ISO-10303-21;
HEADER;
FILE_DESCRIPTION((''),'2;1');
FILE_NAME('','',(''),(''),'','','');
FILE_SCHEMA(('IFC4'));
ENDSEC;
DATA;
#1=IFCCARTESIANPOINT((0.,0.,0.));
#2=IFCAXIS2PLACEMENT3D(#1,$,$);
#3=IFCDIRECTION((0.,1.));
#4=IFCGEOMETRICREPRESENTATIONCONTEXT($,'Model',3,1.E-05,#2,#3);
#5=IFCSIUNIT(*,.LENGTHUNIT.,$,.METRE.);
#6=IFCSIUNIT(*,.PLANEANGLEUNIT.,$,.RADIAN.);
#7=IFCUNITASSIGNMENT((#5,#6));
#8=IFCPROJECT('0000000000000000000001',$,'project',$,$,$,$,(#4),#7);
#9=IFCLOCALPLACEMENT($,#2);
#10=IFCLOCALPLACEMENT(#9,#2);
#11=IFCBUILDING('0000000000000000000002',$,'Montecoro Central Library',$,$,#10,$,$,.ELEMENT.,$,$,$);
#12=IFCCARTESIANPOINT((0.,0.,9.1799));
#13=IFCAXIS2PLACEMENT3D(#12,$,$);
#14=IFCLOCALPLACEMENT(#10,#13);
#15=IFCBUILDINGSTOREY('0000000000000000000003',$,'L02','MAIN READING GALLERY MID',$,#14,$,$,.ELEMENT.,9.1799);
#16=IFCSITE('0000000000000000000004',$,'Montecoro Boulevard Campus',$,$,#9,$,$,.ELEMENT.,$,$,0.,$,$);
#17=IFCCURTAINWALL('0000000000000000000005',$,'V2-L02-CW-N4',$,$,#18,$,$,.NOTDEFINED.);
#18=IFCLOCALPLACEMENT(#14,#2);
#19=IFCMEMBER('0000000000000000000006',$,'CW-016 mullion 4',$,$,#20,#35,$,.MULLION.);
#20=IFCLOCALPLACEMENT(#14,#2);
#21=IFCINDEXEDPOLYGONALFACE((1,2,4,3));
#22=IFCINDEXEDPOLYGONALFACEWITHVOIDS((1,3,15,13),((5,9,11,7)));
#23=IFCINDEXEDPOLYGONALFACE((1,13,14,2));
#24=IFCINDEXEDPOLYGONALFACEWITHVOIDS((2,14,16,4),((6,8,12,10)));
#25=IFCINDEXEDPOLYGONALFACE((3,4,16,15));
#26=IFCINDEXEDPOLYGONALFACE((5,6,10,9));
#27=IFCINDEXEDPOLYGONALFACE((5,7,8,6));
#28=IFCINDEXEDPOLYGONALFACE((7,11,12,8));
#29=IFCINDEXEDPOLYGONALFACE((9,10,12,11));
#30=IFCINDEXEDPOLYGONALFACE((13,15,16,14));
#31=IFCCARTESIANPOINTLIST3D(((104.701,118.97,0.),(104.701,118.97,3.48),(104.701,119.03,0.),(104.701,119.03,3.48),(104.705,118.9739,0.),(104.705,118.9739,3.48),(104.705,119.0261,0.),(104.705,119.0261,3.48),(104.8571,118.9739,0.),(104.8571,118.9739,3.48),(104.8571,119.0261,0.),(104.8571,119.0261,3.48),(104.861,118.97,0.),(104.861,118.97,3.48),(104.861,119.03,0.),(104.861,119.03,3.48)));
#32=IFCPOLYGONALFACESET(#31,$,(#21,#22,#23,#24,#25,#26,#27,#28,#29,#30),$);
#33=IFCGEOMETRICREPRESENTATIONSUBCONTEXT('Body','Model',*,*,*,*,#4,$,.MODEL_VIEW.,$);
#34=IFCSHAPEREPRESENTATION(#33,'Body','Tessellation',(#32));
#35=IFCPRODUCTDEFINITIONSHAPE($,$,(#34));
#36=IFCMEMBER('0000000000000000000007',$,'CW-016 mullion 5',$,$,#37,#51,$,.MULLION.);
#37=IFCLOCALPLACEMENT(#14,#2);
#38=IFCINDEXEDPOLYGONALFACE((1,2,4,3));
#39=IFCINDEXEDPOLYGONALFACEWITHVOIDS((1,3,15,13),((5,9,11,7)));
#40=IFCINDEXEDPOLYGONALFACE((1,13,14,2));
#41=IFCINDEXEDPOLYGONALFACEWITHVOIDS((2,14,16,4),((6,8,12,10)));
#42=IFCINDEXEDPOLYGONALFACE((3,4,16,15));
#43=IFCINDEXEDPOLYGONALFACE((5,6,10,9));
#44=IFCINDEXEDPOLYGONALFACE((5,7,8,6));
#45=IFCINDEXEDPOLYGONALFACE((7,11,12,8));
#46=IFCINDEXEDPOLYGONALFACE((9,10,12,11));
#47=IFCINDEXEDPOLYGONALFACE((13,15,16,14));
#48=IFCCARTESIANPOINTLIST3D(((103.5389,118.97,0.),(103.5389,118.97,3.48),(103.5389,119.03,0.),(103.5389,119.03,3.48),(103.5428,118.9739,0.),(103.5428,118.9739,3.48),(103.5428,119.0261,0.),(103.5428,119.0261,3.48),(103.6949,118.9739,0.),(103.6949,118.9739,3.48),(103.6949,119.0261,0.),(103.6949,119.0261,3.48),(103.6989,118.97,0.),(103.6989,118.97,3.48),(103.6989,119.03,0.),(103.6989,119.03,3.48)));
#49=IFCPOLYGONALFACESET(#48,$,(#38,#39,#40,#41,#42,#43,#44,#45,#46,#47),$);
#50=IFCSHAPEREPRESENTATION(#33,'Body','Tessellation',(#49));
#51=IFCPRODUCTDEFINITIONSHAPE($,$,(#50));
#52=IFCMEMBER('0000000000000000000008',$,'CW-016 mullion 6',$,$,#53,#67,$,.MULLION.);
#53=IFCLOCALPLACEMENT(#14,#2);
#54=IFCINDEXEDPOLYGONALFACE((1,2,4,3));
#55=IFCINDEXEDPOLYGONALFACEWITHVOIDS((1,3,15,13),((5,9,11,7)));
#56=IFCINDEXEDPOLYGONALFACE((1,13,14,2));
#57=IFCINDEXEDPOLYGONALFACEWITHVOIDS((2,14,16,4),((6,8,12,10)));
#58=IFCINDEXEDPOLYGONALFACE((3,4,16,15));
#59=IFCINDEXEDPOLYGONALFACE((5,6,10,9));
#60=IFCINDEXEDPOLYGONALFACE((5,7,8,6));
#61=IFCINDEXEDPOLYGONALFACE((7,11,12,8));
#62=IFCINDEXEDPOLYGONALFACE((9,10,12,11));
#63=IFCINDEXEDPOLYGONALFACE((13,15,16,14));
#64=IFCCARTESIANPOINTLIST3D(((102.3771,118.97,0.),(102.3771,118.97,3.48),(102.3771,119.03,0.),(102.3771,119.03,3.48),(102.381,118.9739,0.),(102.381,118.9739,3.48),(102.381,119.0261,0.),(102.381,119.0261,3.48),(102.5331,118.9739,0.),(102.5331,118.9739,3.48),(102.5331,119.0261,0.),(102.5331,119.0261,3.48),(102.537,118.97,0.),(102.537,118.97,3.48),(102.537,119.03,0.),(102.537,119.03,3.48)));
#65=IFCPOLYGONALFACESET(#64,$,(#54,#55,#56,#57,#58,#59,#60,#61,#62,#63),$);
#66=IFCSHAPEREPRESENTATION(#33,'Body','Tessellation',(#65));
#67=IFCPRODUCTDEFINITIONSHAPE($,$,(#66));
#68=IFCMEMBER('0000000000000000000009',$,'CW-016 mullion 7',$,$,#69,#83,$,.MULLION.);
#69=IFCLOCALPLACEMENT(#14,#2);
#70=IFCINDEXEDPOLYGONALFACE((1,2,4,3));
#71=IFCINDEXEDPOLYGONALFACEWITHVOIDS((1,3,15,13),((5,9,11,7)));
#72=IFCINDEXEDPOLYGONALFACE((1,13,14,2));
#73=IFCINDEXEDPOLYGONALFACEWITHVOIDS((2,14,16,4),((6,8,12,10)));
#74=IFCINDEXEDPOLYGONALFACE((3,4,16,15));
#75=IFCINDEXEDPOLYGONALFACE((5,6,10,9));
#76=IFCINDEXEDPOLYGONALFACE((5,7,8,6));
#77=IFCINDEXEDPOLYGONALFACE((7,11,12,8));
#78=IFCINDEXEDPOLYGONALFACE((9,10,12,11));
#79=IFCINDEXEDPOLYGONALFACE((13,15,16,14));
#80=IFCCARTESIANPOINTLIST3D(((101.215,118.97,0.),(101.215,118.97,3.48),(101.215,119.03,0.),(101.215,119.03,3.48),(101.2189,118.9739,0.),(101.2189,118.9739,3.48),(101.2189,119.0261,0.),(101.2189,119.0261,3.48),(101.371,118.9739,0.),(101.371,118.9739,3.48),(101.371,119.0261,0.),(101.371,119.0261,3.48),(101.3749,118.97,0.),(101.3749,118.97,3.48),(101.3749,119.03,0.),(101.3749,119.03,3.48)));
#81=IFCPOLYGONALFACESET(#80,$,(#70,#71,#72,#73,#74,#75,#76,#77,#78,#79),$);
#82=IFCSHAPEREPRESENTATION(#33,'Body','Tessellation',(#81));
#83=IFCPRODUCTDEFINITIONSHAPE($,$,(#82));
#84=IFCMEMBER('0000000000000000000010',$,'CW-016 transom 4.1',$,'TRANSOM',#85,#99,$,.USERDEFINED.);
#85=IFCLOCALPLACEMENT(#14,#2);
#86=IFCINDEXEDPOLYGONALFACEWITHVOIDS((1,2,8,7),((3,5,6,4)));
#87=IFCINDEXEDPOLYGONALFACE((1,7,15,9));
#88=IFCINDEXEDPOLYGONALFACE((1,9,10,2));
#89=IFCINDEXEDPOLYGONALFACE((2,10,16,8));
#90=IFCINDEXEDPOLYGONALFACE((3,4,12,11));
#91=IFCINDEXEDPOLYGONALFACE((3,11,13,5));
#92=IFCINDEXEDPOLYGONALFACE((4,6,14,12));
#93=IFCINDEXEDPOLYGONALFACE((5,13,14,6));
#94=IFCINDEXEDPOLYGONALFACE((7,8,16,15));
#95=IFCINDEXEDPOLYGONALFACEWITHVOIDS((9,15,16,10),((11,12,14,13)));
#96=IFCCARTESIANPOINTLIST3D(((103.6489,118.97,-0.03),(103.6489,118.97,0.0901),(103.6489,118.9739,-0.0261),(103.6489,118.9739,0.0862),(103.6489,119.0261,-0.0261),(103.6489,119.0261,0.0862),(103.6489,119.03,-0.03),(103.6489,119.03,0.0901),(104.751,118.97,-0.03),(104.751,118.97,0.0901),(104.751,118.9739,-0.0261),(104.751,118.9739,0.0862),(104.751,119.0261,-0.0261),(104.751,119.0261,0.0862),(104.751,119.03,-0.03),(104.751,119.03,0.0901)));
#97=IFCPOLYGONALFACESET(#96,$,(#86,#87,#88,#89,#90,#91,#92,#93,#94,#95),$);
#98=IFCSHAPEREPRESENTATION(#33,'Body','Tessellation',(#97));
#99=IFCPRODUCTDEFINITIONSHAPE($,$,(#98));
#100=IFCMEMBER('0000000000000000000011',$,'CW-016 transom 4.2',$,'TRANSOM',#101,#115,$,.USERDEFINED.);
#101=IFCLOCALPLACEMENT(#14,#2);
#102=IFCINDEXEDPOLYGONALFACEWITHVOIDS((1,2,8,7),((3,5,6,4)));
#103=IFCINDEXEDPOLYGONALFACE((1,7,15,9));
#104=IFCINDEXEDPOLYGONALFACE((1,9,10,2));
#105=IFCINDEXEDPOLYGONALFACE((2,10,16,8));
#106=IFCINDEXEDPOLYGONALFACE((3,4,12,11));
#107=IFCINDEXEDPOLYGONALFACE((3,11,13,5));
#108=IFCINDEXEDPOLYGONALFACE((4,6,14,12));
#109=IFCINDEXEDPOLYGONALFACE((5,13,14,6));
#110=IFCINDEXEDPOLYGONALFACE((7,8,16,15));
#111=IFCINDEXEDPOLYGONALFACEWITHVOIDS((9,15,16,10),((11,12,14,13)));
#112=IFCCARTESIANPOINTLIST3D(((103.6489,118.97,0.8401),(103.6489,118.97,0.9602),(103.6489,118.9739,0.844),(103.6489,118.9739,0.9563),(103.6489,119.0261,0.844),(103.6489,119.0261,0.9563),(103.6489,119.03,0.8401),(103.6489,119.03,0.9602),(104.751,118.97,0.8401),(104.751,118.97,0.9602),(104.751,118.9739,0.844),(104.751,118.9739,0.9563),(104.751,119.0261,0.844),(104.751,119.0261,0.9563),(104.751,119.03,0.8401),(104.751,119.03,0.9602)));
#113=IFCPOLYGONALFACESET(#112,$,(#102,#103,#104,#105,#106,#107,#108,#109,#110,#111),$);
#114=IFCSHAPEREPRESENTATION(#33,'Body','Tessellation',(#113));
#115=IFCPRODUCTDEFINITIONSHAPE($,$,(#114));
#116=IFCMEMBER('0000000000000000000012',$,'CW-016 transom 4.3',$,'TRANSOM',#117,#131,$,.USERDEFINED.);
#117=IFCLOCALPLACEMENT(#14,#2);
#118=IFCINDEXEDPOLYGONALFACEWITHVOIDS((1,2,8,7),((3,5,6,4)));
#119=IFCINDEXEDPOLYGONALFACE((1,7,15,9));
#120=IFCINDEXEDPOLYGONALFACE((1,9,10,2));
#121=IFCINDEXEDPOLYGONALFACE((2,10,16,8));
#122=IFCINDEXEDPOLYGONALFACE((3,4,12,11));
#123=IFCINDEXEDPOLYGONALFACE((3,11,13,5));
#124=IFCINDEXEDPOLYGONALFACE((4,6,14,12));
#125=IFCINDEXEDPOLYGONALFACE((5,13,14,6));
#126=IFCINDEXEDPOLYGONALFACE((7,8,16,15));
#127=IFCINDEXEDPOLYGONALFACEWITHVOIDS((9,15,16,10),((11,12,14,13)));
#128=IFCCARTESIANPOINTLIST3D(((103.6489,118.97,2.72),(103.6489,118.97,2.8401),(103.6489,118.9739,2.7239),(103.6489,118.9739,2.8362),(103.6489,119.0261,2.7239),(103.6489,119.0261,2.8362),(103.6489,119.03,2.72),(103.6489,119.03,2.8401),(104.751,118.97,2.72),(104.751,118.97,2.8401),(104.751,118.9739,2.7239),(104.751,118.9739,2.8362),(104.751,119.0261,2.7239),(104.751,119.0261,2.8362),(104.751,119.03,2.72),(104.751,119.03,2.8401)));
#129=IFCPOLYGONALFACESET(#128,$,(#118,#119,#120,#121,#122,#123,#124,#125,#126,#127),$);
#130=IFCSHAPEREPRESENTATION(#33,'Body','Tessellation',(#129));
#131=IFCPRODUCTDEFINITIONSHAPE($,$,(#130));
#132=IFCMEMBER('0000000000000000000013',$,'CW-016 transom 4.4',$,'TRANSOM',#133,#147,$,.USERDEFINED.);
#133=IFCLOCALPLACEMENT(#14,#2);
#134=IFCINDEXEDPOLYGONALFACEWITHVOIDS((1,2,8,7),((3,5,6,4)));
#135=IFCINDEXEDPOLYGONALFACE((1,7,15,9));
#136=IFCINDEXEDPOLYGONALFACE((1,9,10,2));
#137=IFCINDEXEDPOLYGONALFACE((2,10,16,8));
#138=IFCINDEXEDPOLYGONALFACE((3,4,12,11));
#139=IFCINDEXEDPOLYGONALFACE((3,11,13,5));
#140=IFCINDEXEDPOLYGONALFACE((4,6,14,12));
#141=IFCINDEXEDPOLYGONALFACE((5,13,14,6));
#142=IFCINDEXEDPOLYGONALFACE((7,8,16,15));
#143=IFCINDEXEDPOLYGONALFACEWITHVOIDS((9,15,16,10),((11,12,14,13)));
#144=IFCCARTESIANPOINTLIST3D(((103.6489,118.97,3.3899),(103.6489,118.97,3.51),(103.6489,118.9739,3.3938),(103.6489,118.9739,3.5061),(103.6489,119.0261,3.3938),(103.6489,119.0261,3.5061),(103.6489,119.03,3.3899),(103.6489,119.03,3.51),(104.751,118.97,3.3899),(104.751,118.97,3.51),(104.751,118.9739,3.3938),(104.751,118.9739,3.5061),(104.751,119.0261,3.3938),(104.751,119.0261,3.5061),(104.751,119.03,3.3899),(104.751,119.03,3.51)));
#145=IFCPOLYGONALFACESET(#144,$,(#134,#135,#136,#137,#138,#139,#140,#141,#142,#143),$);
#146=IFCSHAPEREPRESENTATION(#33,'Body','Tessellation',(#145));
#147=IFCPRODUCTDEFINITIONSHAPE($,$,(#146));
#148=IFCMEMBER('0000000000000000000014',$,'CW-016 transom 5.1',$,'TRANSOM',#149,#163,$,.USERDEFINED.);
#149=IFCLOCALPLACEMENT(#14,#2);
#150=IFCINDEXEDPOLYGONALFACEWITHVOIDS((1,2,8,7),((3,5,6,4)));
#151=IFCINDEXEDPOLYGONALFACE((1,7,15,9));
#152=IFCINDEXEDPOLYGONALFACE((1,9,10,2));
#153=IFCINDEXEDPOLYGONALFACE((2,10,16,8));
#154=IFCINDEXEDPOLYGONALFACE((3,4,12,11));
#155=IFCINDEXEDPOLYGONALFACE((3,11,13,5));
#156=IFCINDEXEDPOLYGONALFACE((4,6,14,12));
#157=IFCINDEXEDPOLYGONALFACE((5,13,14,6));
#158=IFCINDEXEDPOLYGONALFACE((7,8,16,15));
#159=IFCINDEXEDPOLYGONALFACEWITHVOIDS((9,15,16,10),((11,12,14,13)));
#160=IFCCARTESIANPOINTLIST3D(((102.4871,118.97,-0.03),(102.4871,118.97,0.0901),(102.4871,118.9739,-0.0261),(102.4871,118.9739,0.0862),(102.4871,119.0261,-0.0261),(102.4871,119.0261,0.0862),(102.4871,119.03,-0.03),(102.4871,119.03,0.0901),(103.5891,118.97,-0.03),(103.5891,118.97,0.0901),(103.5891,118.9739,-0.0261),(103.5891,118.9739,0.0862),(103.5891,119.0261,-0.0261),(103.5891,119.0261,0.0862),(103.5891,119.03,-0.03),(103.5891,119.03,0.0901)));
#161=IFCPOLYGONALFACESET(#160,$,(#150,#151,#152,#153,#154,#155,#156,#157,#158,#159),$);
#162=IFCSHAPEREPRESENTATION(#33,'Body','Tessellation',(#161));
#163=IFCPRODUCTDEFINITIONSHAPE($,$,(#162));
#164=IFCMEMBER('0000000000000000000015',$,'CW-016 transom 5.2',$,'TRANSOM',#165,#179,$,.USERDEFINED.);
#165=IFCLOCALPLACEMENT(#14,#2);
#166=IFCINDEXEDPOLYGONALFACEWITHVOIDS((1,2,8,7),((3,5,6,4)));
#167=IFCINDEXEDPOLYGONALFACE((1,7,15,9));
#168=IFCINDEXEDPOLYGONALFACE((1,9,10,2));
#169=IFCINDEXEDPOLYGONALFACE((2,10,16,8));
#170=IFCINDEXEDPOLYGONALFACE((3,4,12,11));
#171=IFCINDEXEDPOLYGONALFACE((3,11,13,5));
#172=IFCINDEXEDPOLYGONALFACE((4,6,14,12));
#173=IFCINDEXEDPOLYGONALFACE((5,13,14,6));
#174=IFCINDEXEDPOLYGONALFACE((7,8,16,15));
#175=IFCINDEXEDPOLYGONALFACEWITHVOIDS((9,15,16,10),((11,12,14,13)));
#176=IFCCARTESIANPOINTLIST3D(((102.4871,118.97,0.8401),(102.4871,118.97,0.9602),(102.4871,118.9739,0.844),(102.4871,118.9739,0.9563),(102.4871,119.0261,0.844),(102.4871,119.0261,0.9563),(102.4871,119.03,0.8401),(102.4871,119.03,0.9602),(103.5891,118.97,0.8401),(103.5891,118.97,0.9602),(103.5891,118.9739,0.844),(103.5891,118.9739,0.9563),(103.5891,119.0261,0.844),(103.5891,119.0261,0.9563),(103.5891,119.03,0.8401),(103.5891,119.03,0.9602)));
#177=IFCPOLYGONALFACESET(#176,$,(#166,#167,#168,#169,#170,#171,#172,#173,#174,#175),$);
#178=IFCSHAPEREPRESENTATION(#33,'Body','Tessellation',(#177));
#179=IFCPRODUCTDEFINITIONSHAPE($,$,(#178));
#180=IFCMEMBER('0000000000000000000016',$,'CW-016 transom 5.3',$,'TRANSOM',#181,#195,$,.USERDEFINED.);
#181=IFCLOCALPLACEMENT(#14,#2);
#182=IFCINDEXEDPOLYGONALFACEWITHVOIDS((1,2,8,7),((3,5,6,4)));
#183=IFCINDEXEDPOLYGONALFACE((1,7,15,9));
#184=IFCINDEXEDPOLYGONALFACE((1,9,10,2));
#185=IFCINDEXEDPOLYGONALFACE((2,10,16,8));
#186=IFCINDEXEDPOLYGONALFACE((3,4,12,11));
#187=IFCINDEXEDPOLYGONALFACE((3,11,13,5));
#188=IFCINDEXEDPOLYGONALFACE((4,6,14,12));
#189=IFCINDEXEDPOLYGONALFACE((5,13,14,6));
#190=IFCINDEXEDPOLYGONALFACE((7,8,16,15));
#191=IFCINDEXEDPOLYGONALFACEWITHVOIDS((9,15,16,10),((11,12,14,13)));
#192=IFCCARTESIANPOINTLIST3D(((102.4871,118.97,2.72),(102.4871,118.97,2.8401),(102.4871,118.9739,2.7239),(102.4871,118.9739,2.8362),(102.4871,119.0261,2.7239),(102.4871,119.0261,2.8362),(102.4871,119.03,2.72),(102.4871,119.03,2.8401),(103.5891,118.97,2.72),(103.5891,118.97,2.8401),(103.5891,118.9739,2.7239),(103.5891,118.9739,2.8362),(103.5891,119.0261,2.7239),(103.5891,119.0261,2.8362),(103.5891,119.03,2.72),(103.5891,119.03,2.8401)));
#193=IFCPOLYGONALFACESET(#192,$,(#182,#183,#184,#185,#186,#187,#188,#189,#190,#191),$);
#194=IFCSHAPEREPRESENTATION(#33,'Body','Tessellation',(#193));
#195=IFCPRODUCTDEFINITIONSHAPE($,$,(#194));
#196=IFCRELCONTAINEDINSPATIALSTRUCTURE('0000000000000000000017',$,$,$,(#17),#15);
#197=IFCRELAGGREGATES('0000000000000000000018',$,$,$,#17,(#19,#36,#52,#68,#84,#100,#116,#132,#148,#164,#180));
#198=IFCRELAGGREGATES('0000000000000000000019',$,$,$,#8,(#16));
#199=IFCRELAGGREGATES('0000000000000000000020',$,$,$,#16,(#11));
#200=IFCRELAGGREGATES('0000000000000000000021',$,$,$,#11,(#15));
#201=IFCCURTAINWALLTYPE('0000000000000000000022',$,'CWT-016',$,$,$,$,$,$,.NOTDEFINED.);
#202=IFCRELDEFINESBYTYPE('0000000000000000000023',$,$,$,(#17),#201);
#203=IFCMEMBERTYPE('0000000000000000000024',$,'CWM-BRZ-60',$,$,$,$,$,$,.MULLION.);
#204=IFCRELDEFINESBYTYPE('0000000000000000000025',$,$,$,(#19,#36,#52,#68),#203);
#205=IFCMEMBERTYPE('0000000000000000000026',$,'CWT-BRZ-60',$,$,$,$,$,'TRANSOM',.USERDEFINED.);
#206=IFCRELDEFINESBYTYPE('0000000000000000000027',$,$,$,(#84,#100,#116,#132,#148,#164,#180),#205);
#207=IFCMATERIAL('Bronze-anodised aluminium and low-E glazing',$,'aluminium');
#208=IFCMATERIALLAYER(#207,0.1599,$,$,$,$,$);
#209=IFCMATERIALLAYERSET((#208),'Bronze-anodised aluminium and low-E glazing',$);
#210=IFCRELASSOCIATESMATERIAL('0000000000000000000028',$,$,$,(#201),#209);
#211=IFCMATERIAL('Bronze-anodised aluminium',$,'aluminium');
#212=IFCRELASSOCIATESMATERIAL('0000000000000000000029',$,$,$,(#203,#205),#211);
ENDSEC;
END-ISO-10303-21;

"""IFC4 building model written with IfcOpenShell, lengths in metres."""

from ifc_helpers import new_model, si_unit, direction, frame, origin, origin_2d, place, context, subcontext, project, spatial, hollow_rectangle, extrude, material, layer, layer_set, material_profile, profile_set, type_object, element, aggregate, save


model = new_model("IFC4")

# Units and contexts
model_context = context("Model", 3, precision=1e-05, world=origin(), true_north=direction((0.0, 1.0)))
body_context = subcontext(model_context, "Body", "Model", "MODEL_VIEW")
ifc_project = project(units=[si_unit("LENGTHUNIT", "METRE"), si_unit("PLANEANGLEUNIT", "RADIAN")], contexts=[model_context])

# Site, building, storey
site_placement = place(None, origin())
site = spatial("IfcSite", under=ifc_project, at=site_placement, Name="Montecoro Boulevard Campus", CompositionType="ELEMENT", RefElevation=0.0)
building_placement = place(site_placement, origin())
building = spatial("IfcBuilding", under=site, at=building_placement, Name="Montecoro Central Library", CompositionType="ELEMENT")
storey_placement = place(building_placement, frame((0.0, 0.0, 9.1799)))
storey = spatial("IfcBuildingStorey", under=building, at=storey_placement, Name="L02", Description="MAIN READING GALLERY MID", CompositionType="ELEMENT", Elevation=9.1799)

# Curtain wall, members
ifc_material_1 = material(Name="Bronze-anodised aluminium and low-E glazing", Category="aluminium")
ifc_layer_1 = layer(ifc_material_1, 0.1599)
ifc_layer_set_1 = layer_set([ifc_layer_1], Name="Bronze-anodised aluminium and low-E glazing")
curtain_wall_type = type_object("IfcCurtainWallType", Name="CWT-016", PredefinedType="NOTDEFINED", material=ifc_layer_set_1)
curtain_wall_placement = place(storey_placement, origin())
curtain_wall = element("IfcCurtainWall", 1, at=curtain_wall_placement, inside=storey, type_object=curtain_wall_type, Name="V2-L02-CW-N4", PredefinedType="NOTDEFINED")
ifc_material_2 = material(Name="Bronze-anodised aluminium", Category="aluminium")
ifc_material_profile_1 = material_profile(ifc_material_2, hollow_rectangle(XDim=0.0601, YDim=0.1599, WallThickness=0.0039, at=origin_2d()), Name="CWM 160x60x4.0")
ifc_profile_set_1 = profile_set([ifc_material_profile_1], Name="Bronze-anodised aluminium")
member_type_1 = type_object("IfcMemberType", Name="CWM-BRZ-60", PredefinedType="MULLION", material=ifc_profile_set_1)
member_1_placement = place(storey_placement, frame((104.781, 119.0, 0.0), z_axis=(0.0, 0.0, 1.0), x_axis=(0.0, -1.0, 0.0)))
member_1 = element("IfcMember", 2, at=member_1_placement, type_object=member_type_1, Name="CW-016 mullion 4", PredefinedType="MULLION", context=body_context, shape_type="SweptSolid", body=[
    extrude(hollow_rectangle(XDim=0.0601, YDim=0.1599, WallThickness=0.0039, at=origin_2d()), origin(), (0.0, 0.0, 1.0), 3.48),
])
member_2_placement = place(storey_placement, frame((103.6189, 119.0, 0.0), z_axis=(0.0, 0.0, 1.0), x_axis=(0.0, -1.0, 0.0)))
member_2 = element("IfcMember", 3, at=member_2_placement, type_object=member_type_1, Name="CW-016 mullion 5", PredefinedType="MULLION", context=body_context, shape_type="SweptSolid", body=[
    extrude(hollow_rectangle(XDim=0.0601, YDim=0.1599, WallThickness=0.0039, at=origin_2d()), origin(), (0.0, 0.0, 1.0), 3.48),
])
member_3_placement = place(storey_placement, frame((102.457, 119.0, 0.0), z_axis=(0.0, 0.0, 1.0), x_axis=(0.0, -1.0, 0.0)))
member_3 = element("IfcMember", 4, at=member_3_placement, type_object=member_type_1, Name="CW-016 mullion 6", PredefinedType="MULLION", context=body_context, shape_type="SweptSolid", body=[
    extrude(hollow_rectangle(XDim=0.0601, YDim=0.1599, WallThickness=0.0039, at=origin_2d()), origin(), (0.0, 0.0, 1.0), 3.48),
])
member_4_placement = place(storey_placement, frame((101.2949, 119.0, 0.0), z_axis=(0.0, 0.0, 1.0), x_axis=(0.0, -1.0, 0.0)))
member_4 = element("IfcMember", 5, at=member_4_placement, type_object=member_type_1, Name="CW-016 mullion 7", PredefinedType="MULLION", context=body_context, shape_type="SweptSolid", body=[
    extrude(hollow_rectangle(XDim=0.0601, YDim=0.1599, WallThickness=0.0039, at=origin_2d()), origin(), (0.0, 0.0, 1.0), 3.48),
])
ifc_material_profile_2 = material_profile(ifc_material_2, hollow_rectangle(XDim=0.0601, YDim=0.1201, WallThickness=0.0039, at=origin_2d()), Name="CWT 120x60x4.0")
ifc_profile_set_2 = profile_set([ifc_material_profile_2], Name="Bronze-anodised aluminium")
member_type_2 = type_object("IfcMemberType", Name="CWT-BRZ-60", ElementType="TRANSOM", PredefinedType="USERDEFINED", material=ifc_profile_set_2)
member_5_placement = place(storey_placement, frame((104.751, 119.0, 0.03), z_axis=(-1.0, 0.0, 0.0), x_axis=(0.0, -1.0, 0.0)))
member_5 = element("IfcMember", 6, at=member_5_placement, type_object=member_type_2, Name="CW-016 transom 4.1", ObjectType="TRANSOM", PredefinedType="USERDEFINED", context=body_context, shape_type="SweptSolid", body=[
    extrude(hollow_rectangle(XDim=0.0601, YDim=0.1201, WallThickness=0.0039, at=origin_2d()), origin(), (0.0, 0.0, 1.0), 1.1021),
])
member_6_placement = place(storey_placement, frame((104.751, 119.0, 0.9001), z_axis=(-1.0, 0.0, 0.0), x_axis=(0.0, -1.0, 0.0)))
member_6 = element("IfcMember", 7, at=member_6_placement, type_object=member_type_2, Name="CW-016 transom 4.2", ObjectType="TRANSOM", PredefinedType="USERDEFINED", context=body_context, shape_type="SweptSolid", body=[
    extrude(hollow_rectangle(XDim=0.0601, YDim=0.1201, WallThickness=0.0039, at=origin_2d()), origin(), (0.0, 0.0, 1.0), 1.1021),
])
member_7_placement = place(storey_placement, frame((104.751, 119.0, 2.78), z_axis=(-1.0, 0.0, 0.0), x_axis=(0.0, -1.0, 0.0)))
member_7 = element("IfcMember", 8, at=member_7_placement, type_object=member_type_2, Name="CW-016 transom 4.3", ObjectType="TRANSOM", PredefinedType="USERDEFINED", context=body_context, shape_type="SweptSolid", body=[
    extrude(hollow_rectangle(XDim=0.0601, YDim=0.1201, WallThickness=0.0039, at=origin_2d()), origin(), (0.0, 0.0, 1.0), 1.1021),
])
member_8_placement = place(storey_placement, frame((104.751, 119.0, 3.45), z_axis=(-1.0, 0.0, 0.0), x_axis=(0.0, -1.0, 0.0)))
member_8 = element("IfcMember", 9, at=member_8_placement, type_object=member_type_2, Name="CW-016 transom 4.4", ObjectType="TRANSOM", PredefinedType="USERDEFINED", context=body_context, shape_type="SweptSolid", body=[
    extrude(hollow_rectangle(XDim=0.0601, YDim=0.1201, WallThickness=0.0039, at=origin_2d()), origin(), (0.0, 0.0, 1.0), 1.1021),
])
member_9_placement = place(storey_placement, frame((103.5891, 119.0, 0.03), z_axis=(-1.0, 0.0, 0.0), x_axis=(0.0, -1.0, 0.0)))
member_9 = element("IfcMember", 10, at=member_9_placement, type_object=member_type_2, Name="CW-016 transom 5.1", ObjectType="TRANSOM", PredefinedType="USERDEFINED", context=body_context, shape_type="SweptSolid", body=[
    extrude(hollow_rectangle(XDim=0.0601, YDim=0.1201, WallThickness=0.0039, at=origin_2d()), origin(), (0.0, 0.0, 1.0), 1.1021),
])
member_10_placement = place(storey_placement, frame((103.5891, 119.0, 0.9001), z_axis=(-1.0, 0.0, 0.0), x_axis=(0.0, -1.0, 0.0)))
member_10 = element("IfcMember", 11, at=member_10_placement, type_object=member_type_2, Name="CW-016 transom 5.2", ObjectType="TRANSOM", PredefinedType="USERDEFINED", context=body_context, shape_type="SweptSolid", body=[
    extrude(hollow_rectangle(XDim=0.0601, YDim=0.1201, WallThickness=0.0039, at=origin_2d()), origin(), (0.0, 0.0, 1.0), 1.1021),
])
member_11_placement = place(storey_placement, frame((103.5891, 119.0, 2.78), z_axis=(-1.0, 0.0, 0.0), x_axis=(0.0, -1.0, 0.0)))
member_11 = element("IfcMember", 12, at=member_11_placement, type_object=member_type_2, Name="CW-016 transom 5.3", ObjectType="TRANSOM", PredefinedType="USERDEFINED", context=body_context, shape_type="SweptSolid", body=[
    extrude(hollow_rectangle(XDim=0.0601, YDim=0.1201, WallThickness=0.0039, at=origin_2d()), origin(), (0.0, 0.0, 1.0), 1.1021),
])
aggregate(curtain_wall, [member_1, member_2, member_3, member_4, member_5, member_6, member_7, member_8, member_9, member_10, member_11])

save(model, "model.ifc")
